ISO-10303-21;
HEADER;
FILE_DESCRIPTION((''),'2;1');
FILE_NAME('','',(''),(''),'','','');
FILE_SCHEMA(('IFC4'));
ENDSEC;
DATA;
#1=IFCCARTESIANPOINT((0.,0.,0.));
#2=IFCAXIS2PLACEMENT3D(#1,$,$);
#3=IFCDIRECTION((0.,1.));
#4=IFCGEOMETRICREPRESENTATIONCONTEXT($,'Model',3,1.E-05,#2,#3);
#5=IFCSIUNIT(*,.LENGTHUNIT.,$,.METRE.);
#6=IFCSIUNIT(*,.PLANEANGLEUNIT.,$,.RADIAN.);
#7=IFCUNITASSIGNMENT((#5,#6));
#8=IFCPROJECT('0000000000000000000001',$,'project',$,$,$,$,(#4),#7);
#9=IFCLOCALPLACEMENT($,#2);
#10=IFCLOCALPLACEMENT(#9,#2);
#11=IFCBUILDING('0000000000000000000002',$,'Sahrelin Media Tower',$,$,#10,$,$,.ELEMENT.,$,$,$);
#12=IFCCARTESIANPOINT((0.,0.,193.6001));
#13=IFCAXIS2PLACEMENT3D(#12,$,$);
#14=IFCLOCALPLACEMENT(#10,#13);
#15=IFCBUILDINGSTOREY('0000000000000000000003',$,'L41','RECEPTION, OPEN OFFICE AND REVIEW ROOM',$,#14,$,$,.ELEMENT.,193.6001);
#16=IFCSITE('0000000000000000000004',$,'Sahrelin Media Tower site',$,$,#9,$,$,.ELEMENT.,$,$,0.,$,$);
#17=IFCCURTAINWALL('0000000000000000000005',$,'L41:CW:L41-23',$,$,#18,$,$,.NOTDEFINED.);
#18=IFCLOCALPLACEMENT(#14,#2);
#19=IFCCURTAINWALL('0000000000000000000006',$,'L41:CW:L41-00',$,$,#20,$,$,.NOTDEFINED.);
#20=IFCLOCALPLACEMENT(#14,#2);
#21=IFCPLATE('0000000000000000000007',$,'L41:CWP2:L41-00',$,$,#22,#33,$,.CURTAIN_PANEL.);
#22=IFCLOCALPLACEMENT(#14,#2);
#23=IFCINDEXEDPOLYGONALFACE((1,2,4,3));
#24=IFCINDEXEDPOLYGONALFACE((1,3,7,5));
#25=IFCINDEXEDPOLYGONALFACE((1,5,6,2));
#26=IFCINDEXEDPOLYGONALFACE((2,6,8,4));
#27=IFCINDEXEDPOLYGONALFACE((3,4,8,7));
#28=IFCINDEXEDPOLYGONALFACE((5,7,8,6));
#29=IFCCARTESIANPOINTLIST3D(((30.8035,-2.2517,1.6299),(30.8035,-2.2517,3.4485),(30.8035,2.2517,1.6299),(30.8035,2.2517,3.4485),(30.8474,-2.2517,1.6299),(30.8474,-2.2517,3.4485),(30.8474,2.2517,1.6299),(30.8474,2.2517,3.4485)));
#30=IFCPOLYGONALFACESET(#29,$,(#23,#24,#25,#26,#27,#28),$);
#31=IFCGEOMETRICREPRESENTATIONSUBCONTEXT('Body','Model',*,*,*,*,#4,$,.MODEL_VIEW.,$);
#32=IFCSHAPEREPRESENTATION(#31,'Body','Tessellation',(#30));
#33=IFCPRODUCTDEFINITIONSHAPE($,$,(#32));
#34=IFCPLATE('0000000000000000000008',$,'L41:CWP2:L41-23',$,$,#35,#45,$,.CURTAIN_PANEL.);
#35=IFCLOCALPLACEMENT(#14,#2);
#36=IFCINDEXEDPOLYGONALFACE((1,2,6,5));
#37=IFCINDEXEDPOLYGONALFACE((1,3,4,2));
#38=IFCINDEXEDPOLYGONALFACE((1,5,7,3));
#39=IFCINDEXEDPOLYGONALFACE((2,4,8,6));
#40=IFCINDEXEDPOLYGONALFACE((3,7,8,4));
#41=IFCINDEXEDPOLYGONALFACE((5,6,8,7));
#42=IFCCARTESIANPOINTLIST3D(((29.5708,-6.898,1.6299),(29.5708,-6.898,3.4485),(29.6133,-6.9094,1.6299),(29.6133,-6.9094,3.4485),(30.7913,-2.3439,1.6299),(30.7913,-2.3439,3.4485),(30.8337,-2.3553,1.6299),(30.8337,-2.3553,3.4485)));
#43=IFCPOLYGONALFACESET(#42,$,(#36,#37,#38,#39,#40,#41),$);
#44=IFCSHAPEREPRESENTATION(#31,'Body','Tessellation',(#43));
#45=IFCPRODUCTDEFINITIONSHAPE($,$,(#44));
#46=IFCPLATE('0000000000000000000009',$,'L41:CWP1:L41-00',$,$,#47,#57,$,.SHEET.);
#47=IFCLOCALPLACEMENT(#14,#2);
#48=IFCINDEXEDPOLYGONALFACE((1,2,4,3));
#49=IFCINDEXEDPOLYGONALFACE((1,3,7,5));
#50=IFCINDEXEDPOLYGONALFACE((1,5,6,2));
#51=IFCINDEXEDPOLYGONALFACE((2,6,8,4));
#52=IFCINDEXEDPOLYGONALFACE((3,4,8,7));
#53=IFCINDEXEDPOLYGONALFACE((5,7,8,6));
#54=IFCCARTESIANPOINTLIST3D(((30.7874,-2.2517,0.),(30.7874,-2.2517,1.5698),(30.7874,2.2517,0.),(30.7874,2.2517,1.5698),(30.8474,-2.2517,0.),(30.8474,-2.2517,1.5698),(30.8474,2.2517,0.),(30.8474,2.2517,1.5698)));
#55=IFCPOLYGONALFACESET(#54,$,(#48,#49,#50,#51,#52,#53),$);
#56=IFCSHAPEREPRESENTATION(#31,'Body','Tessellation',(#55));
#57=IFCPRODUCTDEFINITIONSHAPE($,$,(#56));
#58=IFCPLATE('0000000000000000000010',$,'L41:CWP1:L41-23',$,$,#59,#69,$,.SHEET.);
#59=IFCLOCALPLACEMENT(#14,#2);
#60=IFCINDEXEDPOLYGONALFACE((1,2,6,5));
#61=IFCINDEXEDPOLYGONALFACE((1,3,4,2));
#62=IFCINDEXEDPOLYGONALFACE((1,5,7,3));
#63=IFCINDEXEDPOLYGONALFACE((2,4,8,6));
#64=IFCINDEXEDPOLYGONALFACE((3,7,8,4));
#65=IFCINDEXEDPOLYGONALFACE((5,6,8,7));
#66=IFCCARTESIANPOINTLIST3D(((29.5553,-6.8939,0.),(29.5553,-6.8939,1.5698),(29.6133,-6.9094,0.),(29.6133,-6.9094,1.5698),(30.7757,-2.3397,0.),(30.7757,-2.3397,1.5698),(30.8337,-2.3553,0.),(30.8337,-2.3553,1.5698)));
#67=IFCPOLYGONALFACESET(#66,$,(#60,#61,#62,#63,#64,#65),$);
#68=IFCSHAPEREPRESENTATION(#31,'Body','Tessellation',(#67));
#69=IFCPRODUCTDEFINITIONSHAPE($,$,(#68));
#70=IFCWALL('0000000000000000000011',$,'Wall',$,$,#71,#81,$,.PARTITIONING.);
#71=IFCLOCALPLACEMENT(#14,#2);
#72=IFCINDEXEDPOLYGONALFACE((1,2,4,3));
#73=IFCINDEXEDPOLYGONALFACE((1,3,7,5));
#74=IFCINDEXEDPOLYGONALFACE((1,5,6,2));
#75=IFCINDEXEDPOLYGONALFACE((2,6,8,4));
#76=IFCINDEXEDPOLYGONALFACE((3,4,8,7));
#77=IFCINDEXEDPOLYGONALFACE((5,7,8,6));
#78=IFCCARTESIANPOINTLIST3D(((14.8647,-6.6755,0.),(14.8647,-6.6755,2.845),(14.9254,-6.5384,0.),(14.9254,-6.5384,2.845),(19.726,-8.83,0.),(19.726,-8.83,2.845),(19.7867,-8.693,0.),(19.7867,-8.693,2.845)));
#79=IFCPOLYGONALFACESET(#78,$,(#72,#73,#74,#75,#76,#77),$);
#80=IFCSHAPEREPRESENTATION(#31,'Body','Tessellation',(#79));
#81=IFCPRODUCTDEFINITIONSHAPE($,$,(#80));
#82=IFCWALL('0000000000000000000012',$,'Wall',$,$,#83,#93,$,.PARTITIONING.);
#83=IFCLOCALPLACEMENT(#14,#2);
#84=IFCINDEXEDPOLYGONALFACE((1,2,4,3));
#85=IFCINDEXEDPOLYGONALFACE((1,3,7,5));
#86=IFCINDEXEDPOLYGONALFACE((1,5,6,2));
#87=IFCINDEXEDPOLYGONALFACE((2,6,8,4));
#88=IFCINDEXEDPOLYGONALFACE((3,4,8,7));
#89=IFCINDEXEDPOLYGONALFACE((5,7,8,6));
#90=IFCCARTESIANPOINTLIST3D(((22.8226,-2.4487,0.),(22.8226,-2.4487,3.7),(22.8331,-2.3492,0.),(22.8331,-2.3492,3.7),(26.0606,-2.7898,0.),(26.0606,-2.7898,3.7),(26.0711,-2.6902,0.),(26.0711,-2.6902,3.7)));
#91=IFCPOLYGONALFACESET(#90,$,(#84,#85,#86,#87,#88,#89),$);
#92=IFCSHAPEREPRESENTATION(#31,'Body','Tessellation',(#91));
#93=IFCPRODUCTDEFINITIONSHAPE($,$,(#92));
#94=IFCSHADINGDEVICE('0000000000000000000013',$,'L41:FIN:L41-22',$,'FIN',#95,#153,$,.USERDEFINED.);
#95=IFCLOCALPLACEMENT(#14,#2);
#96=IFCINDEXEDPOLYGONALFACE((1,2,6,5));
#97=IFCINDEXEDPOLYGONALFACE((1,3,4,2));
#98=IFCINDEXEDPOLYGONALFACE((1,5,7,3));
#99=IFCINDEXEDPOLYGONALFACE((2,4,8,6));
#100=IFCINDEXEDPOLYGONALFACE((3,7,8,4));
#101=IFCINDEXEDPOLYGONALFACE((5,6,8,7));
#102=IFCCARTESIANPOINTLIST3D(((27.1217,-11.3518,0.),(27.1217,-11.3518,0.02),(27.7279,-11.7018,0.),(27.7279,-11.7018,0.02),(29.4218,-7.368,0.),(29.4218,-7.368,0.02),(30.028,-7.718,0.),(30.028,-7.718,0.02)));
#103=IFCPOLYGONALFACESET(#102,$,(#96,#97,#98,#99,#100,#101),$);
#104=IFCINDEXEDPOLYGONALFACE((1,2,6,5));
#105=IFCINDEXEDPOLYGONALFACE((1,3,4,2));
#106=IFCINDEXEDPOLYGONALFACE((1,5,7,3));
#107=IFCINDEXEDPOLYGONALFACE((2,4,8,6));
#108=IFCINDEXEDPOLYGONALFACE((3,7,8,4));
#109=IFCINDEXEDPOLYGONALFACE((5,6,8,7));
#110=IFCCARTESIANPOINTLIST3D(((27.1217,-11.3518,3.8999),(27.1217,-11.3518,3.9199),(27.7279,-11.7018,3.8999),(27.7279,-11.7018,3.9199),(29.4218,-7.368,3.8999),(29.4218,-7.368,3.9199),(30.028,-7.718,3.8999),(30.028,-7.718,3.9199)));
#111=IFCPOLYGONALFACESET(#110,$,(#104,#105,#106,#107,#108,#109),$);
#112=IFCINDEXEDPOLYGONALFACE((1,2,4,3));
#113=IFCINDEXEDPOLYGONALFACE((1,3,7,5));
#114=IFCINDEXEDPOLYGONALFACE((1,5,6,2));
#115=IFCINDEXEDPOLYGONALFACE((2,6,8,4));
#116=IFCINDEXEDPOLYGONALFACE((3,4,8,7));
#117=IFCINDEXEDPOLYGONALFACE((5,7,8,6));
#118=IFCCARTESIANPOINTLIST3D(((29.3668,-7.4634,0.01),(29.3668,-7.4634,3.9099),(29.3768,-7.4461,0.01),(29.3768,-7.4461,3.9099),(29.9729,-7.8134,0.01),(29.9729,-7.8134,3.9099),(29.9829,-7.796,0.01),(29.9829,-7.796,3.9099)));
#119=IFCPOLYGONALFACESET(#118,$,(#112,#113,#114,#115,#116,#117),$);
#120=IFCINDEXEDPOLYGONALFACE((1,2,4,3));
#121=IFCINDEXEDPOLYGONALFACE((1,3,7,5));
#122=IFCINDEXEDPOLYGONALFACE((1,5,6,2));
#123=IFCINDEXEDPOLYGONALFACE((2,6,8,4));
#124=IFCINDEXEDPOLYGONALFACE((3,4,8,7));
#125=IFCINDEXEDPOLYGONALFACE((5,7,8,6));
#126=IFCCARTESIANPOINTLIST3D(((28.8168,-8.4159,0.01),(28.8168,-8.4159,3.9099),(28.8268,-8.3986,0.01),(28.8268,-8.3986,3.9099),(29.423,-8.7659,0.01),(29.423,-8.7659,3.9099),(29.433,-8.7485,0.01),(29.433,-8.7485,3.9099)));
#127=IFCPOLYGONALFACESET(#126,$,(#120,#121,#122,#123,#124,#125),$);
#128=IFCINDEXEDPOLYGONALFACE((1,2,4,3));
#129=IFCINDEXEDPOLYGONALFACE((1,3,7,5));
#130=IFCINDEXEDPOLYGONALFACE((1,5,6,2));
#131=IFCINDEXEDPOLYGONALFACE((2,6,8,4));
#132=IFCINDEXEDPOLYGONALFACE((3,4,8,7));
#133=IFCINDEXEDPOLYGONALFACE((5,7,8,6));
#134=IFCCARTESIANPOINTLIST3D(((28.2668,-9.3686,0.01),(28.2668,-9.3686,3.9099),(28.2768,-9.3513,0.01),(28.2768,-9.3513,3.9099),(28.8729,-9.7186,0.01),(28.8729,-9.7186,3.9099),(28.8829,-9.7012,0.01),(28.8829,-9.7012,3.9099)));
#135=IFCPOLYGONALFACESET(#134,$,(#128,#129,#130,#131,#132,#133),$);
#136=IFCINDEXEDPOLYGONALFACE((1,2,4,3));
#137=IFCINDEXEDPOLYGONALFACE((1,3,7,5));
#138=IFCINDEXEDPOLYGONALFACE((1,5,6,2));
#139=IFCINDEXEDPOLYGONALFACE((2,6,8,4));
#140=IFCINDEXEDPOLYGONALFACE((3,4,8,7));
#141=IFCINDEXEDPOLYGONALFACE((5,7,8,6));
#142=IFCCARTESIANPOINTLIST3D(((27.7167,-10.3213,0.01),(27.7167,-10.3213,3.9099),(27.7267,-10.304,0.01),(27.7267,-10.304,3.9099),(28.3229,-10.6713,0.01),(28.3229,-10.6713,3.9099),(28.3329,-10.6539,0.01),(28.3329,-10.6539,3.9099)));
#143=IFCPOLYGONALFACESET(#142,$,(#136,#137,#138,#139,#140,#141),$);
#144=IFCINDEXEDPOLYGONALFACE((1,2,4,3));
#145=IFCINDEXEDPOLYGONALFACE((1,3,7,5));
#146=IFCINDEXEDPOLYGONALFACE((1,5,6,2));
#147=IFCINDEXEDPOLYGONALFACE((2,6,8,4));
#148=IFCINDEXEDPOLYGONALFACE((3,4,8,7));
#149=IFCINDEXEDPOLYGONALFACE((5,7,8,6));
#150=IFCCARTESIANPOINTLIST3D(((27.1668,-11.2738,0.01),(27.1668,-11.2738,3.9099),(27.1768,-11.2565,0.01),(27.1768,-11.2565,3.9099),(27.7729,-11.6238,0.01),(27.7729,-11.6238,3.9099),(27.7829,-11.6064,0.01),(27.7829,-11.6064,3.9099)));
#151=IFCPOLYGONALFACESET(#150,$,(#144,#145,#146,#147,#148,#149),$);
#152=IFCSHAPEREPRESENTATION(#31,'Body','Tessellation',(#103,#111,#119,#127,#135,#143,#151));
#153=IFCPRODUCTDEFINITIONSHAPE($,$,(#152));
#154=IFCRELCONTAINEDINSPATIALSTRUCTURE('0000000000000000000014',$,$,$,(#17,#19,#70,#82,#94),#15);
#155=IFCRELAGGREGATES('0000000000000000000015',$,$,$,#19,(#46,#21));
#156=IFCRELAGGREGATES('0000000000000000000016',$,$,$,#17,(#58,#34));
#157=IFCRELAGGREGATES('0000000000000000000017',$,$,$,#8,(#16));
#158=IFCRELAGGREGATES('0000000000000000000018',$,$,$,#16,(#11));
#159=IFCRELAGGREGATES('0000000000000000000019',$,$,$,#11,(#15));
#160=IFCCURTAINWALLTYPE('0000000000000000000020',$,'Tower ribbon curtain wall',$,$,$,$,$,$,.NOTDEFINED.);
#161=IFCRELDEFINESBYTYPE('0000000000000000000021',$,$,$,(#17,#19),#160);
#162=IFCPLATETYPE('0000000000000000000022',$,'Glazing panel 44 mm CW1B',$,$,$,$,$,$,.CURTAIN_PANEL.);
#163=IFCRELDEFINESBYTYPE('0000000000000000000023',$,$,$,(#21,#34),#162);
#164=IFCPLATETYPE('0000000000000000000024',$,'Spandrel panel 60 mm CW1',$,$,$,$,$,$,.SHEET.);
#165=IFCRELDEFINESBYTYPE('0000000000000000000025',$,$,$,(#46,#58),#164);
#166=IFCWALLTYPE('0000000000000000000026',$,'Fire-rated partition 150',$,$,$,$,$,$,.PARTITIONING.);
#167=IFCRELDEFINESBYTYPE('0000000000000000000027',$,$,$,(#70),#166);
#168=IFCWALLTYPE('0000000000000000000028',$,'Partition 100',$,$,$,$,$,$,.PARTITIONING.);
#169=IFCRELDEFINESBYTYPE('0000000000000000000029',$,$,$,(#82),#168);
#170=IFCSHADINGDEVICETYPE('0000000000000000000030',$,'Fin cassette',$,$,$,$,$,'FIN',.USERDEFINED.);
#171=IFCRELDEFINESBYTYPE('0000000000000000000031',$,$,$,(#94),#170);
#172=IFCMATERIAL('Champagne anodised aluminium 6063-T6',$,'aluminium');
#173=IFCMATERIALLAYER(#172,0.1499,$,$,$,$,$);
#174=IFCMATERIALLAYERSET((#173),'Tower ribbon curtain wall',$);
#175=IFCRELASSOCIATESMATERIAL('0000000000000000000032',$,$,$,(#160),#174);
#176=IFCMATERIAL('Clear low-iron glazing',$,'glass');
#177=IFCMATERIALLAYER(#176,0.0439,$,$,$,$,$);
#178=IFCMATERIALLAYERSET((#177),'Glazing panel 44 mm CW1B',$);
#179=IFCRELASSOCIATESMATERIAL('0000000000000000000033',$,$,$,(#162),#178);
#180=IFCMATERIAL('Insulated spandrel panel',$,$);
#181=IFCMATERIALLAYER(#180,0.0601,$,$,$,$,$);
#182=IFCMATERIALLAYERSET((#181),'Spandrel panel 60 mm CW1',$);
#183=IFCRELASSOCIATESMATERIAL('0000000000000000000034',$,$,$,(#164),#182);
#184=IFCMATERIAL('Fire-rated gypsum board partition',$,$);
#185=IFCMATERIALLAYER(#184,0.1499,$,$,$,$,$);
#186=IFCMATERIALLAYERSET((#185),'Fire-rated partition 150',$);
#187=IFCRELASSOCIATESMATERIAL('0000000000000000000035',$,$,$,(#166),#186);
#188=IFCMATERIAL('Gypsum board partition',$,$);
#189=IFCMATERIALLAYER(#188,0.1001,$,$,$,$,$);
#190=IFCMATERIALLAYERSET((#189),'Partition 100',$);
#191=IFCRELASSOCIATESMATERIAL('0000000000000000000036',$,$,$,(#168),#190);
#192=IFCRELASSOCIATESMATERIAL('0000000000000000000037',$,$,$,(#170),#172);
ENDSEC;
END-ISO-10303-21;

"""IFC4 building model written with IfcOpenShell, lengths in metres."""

from ifc_helpers import new_model, si_unit, direction, frame, frame_2d, origin, origin_2d, place, context, subcontext, project, spatial, polyline, rectangle, outline, extrude, material, layer, layer_set, type_object, element, aggregate, save


model = new_model("IFC4")

# Units and contexts
model_context = context("Model", 3, precision=1e-05, world=origin(), true_north=direction((0.0, 1.0)))
body_context = subcontext(model_context, "Body", "Model", "MODEL_VIEW")
ifc_project = project(units=[si_unit("LENGTHUNIT", "METRE"), si_unit("PLANEANGLEUNIT", "RADIAN")], contexts=[model_context])

# Site, building, storey
site_placement = place(None, origin())
site = spatial("IfcSite", under=ifc_project, at=site_placement, Name="Sahrelin Media Tower site", CompositionType="ELEMENT", RefElevation=0.0)
building_placement = place(site_placement, origin())
building = spatial("IfcBuilding", under=site, at=building_placement, Name="Sahrelin Media Tower", CompositionType="ELEMENT")
storey_placement = place(building_placement, frame((0.0, 0.0, 193.6001)))
storey = spatial("IfcBuildingStorey", under=building, at=storey_placement, Name="L41", Description="RECEPTION, OPEN OFFICE AND REVIEW ROOM", CompositionType="ELEMENT", Elevation=193.6001)

# Curtain wall
ifc_material_1 = material(Name="Champagne anodised aluminium 6063-T6", Category="aluminium")
ifc_layer_1 = layer(ifc_material_1, 0.1499)
ifc_layer_set_1 = layer_set([ifc_layer_1], Name="Tower ribbon curtain wall")
curtain_wall_type = type_object("IfcCurtainWallType", Name="Tower ribbon curtain wall", PredefinedType="NOTDEFINED", material=ifc_layer_set_1)
curtain_wall_1_placement = place(storey_placement, frame((30.2041, -4.6272, 0.0), z_axis=(0.0, 0.0, 1.0), x_axis=(1.0, 0.0, 0.0)))
curtain_wall_1 = element("IfcCurtainWall", 1, at=curtain_wall_1_placement, inside=storey, type_object=curtain_wall_type, Name="L41:CW:L41-23", PredefinedType="NOTDEFINED")

# Curtain wall
curtain_wall_2_placement = place(storey_placement, frame((30.8274, 0.0, 0.0), z_axis=(0.0, 0.0, 1.0), x_axis=(1.0, 0.0, 0.0)))
curtain_wall_2 = element("IfcCurtainWall", 2, at=curtain_wall_2_placement, inside=storey, type_object=curtain_wall_type, Name="L41:CW:L41-00", PredefinedType="NOTDEFINED")

# Plates
ifc_material_2 = material(Name="Clear low-iron glazing", Category="glass")
ifc_layer_2 = layer(ifc_material_2, 0.0439)
ifc_layer_set_2 = layer_set([ifc_layer_2], Name="Glazing panel 44 mm CW1B")
plate_type_1 = type_object("IfcPlateType", Name="Glazing panel 44 mm CW1B", PredefinedType="CURTAIN_PANEL", material=ifc_layer_set_2)
plate_1_placement = place(storey_placement, frame((30.8474, -2.2517, 1.6299), z_axis=(1.0, 0.0, 0.0), x_axis=(0.0, 1.0, 0.0)))
plate_1 = element("IfcPlate", 3, at=plate_1_placement, type_object=plate_type_1, Name="L41:CWP2:L41-00", PredefinedType="CURTAIN_PANEL", context=body_context, shape_type="SweptSolid", body=[
    extrude(outline(polyline([(0.0, 0.0), (4.5034, 0.0), (4.5034, 1.8186), (0.0, 1.8186), (0.0, 0.0)])), origin(), (0.0, 0.0, -1.0), 0.0439),
])
plate_2_placement = place(storey_placement, frame((29.6133, -6.9094, 1.6299), z_axis=(0.965917, -0.258852, 0.0), x_axis=(0.258852, 0.965917, 0.0)))
plate_2 = element("IfcPlate", 4, at=plate_2_placement, type_object=plate_type_1, Name="L41:CWP2:L41-23", PredefinedType="CURTAIN_PANEL", context=body_context, shape_type="SweptSolid", body=[
    extrude(outline(polyline([(0.0, 0.0), (4.7148, 0.0), (4.7148, 1.8186), (0.0, 1.8186), (0.0, 0.0)])), origin(), (0.0, 0.0, -1.0), 0.0439),
])
ifc_material_3 = material(Name="Insulated spandrel panel")
ifc_layer_3 = layer(ifc_material_3, 0.0601)
ifc_layer_set_3 = layer_set([ifc_layer_3], Name="Spandrel panel 60 mm CW1")
plate_type_2 = type_object("IfcPlateType", Name="Spandrel panel 60 mm CW1", PredefinedType="SHEET", material=ifc_layer_set_3)
plate_3_placement = place(storey_placement, frame((30.8474, -2.2517, 0.0), z_axis=(1.0, 0.0, 0.0), x_axis=(0.0, 1.0, 0.0)))
plate_3 = element("IfcPlate", 5, at=plate_3_placement, type_object=plate_type_2, Name="L41:CWP1:L41-00", PredefinedType="SHEET", context=body_context, shape_type="SweptSolid", body=[
    extrude(outline(polyline([(0.0, 0.0), (4.5034, 0.0), (4.5034, 1.5698), (0.0, 1.5698), (0.0, 0.0)])), origin(), (0.0, 0.0, -1.0), 0.0601),
])
aggregate(curtain_wall_2, [plate_3, plate_1])
plate_4_placement = place(storey_placement, frame((29.6133, -6.9094, 0.0), z_axis=(0.965917, -0.258852, 0.0), x_axis=(0.258852, 0.965917, 0.0)))
plate_4 = element("IfcPlate", 6, at=plate_4_placement, type_object=plate_type_2, Name="L41:CWP1:L41-23", PredefinedType="SHEET", context=body_context, shape_type="SweptSolid", body=[
    extrude(outline(polyline([(0.0, 0.0), (4.7148, 0.0), (4.7148, 1.5698), (0.0, 1.5698), (0.0, 0.0)])), origin(), (0.0, 0.0, -1.0), 0.0601),
])
aggregate(curtain_wall_1, [plate_4, plate_2])

# Walls
ifc_material_4 = material(Name="Fire-rated gypsum board partition")
ifc_layer_4 = layer(ifc_material_4, 0.1499)
ifc_layer_set_4 = layer_set([ifc_layer_4], Name="Fire-rated partition 150")
wall_type_1 = type_object("IfcWallType", Name="Fire-rated partition 150", PredefinedType="PARTITIONING", material=ifc_layer_set_4)
wall_1_placement = place(storey_placement, frame((14.895, -6.6069, 0.0), z_axis=(0.0, 0.0, 1.0), x_axis=(0.914233, -0.405188, 0.0)))
element("IfcWall", 7, at=wall_1_placement, inside=storey, type_object=wall_type_1, Name="Wall", PredefinedType="PARTITIONING", context=body_context, shape_type="SweptSolid", body=[
    extrude(rectangle(XDim=5.3174, YDim=0.1499, at=frame_2d((2.6587, 0.0))), origin(), (0.0, 0.0, 1.0), 2.845),
])
ifc_material_5 = material(Name="Gypsum board partition")
ifc_layer_5 = layer(ifc_material_5, 0.1001)
ifc_layer_set_5 = layer_set([ifc_layer_5], Name="Partition 100")
wall_type_2 = type_object("IfcWallType", Name="Partition 100", PredefinedType="PARTITIONING", material=ifc_layer_set_5)
wall_2_placement = place(storey_placement, frame((22.8279, -2.3989, 0.0), z_axis=(0.0, 0.0, 1.0), x_axis=(0.994498, -0.104751, 0.0)))
element("IfcWall", 8, at=wall_2_placement, inside=storey, type_object=wall_type_2, Name="Wall", PredefinedType="PARTITIONING", context=body_context, shape_type="SweptSolid", body=[
    extrude(rectangle(XDim=3.2559, YDim=0.1001, at=frame_2d((1.6279, 0.0))), origin(), (0.0, 0.0, 1.0), 3.7),
])

# Shading device
shading_device_type_1 = type_object("IfcShadingDeviceType", Name="Fin cassette", ElementType="FIN", PredefinedType="USERDEFINED", material=ifc_material_1)
placement_1 = place(storey_placement, frame((28.2112, -9.325, 0.0), z_axis=(0.0, 0.0, 1.0), x_axis=(-0.500011, -0.866019, 0.0)))
element("IfcShadingDevice", 9, at=placement_1, inside=storey, type_object=shading_device_type_1, Name="L41:FIN:L41-22", ObjectType="FIN", PredefinedType="USERDEFINED", context=body_context, shape_type="SweptSolid", body=[
    extrude(rectangle(XDim=4.6001, YDim=0.7, at=origin_2d()), frame((0.0, 0.4199, 0.0)), (0.0, 0.0, 1.0), 0.02),
    extrude(rectangle(XDim=4.6001, YDim=0.7, at=origin_2d()), frame((0.0, 0.4199, 3.8999)), (0.0, 0.0, 1.0), 0.02),
    extrude(rectangle(XDim=0.02, YDim=0.7, at=origin_2d()), frame((-2.2, 0.4199, 0.01), z_axis=(0.0, 0.0, 1.0), x_axis=(1.0, 0.0, 0.0)), (0.0, 0.0, 1.0), 3.8999),
    extrude(rectangle(XDim=0.02, YDim=0.7, at=origin_2d()), frame((-1.1001, 0.4199, 0.01), z_axis=(0.0, 0.0, 1.0), x_axis=(1.0, 0.0, 0.0)), (0.0, 0.0, 1.0), 3.8999),
    extrude(rectangle(XDim=0.02, YDim=0.7, at=origin_2d()), frame((0.0, 0.4199, 0.01), z_axis=(0.0, 0.0, 1.0), x_axis=(1.0, 0.0, 0.0)), (0.0, 0.0, 1.0), 3.8999),
    extrude(rectangle(XDim=0.02, YDim=0.7, at=origin_2d()), frame((1.1001, 0.4199, 0.01), z_axis=(0.0, 0.0, 1.0), x_axis=(1.0, 0.0, 0.0)), (0.0, 0.0, 1.0), 3.8999),
    extrude(rectangle(XDim=0.02, YDim=0.7, at=origin_2d()), frame((2.2, 0.4199, 0.01), z_axis=(0.0, 0.0, 1.0), x_axis=(1.0, 0.0, 0.0)), (0.0, 0.0, 1.0), 3.8999),
])

save(model, "model.ifc")
